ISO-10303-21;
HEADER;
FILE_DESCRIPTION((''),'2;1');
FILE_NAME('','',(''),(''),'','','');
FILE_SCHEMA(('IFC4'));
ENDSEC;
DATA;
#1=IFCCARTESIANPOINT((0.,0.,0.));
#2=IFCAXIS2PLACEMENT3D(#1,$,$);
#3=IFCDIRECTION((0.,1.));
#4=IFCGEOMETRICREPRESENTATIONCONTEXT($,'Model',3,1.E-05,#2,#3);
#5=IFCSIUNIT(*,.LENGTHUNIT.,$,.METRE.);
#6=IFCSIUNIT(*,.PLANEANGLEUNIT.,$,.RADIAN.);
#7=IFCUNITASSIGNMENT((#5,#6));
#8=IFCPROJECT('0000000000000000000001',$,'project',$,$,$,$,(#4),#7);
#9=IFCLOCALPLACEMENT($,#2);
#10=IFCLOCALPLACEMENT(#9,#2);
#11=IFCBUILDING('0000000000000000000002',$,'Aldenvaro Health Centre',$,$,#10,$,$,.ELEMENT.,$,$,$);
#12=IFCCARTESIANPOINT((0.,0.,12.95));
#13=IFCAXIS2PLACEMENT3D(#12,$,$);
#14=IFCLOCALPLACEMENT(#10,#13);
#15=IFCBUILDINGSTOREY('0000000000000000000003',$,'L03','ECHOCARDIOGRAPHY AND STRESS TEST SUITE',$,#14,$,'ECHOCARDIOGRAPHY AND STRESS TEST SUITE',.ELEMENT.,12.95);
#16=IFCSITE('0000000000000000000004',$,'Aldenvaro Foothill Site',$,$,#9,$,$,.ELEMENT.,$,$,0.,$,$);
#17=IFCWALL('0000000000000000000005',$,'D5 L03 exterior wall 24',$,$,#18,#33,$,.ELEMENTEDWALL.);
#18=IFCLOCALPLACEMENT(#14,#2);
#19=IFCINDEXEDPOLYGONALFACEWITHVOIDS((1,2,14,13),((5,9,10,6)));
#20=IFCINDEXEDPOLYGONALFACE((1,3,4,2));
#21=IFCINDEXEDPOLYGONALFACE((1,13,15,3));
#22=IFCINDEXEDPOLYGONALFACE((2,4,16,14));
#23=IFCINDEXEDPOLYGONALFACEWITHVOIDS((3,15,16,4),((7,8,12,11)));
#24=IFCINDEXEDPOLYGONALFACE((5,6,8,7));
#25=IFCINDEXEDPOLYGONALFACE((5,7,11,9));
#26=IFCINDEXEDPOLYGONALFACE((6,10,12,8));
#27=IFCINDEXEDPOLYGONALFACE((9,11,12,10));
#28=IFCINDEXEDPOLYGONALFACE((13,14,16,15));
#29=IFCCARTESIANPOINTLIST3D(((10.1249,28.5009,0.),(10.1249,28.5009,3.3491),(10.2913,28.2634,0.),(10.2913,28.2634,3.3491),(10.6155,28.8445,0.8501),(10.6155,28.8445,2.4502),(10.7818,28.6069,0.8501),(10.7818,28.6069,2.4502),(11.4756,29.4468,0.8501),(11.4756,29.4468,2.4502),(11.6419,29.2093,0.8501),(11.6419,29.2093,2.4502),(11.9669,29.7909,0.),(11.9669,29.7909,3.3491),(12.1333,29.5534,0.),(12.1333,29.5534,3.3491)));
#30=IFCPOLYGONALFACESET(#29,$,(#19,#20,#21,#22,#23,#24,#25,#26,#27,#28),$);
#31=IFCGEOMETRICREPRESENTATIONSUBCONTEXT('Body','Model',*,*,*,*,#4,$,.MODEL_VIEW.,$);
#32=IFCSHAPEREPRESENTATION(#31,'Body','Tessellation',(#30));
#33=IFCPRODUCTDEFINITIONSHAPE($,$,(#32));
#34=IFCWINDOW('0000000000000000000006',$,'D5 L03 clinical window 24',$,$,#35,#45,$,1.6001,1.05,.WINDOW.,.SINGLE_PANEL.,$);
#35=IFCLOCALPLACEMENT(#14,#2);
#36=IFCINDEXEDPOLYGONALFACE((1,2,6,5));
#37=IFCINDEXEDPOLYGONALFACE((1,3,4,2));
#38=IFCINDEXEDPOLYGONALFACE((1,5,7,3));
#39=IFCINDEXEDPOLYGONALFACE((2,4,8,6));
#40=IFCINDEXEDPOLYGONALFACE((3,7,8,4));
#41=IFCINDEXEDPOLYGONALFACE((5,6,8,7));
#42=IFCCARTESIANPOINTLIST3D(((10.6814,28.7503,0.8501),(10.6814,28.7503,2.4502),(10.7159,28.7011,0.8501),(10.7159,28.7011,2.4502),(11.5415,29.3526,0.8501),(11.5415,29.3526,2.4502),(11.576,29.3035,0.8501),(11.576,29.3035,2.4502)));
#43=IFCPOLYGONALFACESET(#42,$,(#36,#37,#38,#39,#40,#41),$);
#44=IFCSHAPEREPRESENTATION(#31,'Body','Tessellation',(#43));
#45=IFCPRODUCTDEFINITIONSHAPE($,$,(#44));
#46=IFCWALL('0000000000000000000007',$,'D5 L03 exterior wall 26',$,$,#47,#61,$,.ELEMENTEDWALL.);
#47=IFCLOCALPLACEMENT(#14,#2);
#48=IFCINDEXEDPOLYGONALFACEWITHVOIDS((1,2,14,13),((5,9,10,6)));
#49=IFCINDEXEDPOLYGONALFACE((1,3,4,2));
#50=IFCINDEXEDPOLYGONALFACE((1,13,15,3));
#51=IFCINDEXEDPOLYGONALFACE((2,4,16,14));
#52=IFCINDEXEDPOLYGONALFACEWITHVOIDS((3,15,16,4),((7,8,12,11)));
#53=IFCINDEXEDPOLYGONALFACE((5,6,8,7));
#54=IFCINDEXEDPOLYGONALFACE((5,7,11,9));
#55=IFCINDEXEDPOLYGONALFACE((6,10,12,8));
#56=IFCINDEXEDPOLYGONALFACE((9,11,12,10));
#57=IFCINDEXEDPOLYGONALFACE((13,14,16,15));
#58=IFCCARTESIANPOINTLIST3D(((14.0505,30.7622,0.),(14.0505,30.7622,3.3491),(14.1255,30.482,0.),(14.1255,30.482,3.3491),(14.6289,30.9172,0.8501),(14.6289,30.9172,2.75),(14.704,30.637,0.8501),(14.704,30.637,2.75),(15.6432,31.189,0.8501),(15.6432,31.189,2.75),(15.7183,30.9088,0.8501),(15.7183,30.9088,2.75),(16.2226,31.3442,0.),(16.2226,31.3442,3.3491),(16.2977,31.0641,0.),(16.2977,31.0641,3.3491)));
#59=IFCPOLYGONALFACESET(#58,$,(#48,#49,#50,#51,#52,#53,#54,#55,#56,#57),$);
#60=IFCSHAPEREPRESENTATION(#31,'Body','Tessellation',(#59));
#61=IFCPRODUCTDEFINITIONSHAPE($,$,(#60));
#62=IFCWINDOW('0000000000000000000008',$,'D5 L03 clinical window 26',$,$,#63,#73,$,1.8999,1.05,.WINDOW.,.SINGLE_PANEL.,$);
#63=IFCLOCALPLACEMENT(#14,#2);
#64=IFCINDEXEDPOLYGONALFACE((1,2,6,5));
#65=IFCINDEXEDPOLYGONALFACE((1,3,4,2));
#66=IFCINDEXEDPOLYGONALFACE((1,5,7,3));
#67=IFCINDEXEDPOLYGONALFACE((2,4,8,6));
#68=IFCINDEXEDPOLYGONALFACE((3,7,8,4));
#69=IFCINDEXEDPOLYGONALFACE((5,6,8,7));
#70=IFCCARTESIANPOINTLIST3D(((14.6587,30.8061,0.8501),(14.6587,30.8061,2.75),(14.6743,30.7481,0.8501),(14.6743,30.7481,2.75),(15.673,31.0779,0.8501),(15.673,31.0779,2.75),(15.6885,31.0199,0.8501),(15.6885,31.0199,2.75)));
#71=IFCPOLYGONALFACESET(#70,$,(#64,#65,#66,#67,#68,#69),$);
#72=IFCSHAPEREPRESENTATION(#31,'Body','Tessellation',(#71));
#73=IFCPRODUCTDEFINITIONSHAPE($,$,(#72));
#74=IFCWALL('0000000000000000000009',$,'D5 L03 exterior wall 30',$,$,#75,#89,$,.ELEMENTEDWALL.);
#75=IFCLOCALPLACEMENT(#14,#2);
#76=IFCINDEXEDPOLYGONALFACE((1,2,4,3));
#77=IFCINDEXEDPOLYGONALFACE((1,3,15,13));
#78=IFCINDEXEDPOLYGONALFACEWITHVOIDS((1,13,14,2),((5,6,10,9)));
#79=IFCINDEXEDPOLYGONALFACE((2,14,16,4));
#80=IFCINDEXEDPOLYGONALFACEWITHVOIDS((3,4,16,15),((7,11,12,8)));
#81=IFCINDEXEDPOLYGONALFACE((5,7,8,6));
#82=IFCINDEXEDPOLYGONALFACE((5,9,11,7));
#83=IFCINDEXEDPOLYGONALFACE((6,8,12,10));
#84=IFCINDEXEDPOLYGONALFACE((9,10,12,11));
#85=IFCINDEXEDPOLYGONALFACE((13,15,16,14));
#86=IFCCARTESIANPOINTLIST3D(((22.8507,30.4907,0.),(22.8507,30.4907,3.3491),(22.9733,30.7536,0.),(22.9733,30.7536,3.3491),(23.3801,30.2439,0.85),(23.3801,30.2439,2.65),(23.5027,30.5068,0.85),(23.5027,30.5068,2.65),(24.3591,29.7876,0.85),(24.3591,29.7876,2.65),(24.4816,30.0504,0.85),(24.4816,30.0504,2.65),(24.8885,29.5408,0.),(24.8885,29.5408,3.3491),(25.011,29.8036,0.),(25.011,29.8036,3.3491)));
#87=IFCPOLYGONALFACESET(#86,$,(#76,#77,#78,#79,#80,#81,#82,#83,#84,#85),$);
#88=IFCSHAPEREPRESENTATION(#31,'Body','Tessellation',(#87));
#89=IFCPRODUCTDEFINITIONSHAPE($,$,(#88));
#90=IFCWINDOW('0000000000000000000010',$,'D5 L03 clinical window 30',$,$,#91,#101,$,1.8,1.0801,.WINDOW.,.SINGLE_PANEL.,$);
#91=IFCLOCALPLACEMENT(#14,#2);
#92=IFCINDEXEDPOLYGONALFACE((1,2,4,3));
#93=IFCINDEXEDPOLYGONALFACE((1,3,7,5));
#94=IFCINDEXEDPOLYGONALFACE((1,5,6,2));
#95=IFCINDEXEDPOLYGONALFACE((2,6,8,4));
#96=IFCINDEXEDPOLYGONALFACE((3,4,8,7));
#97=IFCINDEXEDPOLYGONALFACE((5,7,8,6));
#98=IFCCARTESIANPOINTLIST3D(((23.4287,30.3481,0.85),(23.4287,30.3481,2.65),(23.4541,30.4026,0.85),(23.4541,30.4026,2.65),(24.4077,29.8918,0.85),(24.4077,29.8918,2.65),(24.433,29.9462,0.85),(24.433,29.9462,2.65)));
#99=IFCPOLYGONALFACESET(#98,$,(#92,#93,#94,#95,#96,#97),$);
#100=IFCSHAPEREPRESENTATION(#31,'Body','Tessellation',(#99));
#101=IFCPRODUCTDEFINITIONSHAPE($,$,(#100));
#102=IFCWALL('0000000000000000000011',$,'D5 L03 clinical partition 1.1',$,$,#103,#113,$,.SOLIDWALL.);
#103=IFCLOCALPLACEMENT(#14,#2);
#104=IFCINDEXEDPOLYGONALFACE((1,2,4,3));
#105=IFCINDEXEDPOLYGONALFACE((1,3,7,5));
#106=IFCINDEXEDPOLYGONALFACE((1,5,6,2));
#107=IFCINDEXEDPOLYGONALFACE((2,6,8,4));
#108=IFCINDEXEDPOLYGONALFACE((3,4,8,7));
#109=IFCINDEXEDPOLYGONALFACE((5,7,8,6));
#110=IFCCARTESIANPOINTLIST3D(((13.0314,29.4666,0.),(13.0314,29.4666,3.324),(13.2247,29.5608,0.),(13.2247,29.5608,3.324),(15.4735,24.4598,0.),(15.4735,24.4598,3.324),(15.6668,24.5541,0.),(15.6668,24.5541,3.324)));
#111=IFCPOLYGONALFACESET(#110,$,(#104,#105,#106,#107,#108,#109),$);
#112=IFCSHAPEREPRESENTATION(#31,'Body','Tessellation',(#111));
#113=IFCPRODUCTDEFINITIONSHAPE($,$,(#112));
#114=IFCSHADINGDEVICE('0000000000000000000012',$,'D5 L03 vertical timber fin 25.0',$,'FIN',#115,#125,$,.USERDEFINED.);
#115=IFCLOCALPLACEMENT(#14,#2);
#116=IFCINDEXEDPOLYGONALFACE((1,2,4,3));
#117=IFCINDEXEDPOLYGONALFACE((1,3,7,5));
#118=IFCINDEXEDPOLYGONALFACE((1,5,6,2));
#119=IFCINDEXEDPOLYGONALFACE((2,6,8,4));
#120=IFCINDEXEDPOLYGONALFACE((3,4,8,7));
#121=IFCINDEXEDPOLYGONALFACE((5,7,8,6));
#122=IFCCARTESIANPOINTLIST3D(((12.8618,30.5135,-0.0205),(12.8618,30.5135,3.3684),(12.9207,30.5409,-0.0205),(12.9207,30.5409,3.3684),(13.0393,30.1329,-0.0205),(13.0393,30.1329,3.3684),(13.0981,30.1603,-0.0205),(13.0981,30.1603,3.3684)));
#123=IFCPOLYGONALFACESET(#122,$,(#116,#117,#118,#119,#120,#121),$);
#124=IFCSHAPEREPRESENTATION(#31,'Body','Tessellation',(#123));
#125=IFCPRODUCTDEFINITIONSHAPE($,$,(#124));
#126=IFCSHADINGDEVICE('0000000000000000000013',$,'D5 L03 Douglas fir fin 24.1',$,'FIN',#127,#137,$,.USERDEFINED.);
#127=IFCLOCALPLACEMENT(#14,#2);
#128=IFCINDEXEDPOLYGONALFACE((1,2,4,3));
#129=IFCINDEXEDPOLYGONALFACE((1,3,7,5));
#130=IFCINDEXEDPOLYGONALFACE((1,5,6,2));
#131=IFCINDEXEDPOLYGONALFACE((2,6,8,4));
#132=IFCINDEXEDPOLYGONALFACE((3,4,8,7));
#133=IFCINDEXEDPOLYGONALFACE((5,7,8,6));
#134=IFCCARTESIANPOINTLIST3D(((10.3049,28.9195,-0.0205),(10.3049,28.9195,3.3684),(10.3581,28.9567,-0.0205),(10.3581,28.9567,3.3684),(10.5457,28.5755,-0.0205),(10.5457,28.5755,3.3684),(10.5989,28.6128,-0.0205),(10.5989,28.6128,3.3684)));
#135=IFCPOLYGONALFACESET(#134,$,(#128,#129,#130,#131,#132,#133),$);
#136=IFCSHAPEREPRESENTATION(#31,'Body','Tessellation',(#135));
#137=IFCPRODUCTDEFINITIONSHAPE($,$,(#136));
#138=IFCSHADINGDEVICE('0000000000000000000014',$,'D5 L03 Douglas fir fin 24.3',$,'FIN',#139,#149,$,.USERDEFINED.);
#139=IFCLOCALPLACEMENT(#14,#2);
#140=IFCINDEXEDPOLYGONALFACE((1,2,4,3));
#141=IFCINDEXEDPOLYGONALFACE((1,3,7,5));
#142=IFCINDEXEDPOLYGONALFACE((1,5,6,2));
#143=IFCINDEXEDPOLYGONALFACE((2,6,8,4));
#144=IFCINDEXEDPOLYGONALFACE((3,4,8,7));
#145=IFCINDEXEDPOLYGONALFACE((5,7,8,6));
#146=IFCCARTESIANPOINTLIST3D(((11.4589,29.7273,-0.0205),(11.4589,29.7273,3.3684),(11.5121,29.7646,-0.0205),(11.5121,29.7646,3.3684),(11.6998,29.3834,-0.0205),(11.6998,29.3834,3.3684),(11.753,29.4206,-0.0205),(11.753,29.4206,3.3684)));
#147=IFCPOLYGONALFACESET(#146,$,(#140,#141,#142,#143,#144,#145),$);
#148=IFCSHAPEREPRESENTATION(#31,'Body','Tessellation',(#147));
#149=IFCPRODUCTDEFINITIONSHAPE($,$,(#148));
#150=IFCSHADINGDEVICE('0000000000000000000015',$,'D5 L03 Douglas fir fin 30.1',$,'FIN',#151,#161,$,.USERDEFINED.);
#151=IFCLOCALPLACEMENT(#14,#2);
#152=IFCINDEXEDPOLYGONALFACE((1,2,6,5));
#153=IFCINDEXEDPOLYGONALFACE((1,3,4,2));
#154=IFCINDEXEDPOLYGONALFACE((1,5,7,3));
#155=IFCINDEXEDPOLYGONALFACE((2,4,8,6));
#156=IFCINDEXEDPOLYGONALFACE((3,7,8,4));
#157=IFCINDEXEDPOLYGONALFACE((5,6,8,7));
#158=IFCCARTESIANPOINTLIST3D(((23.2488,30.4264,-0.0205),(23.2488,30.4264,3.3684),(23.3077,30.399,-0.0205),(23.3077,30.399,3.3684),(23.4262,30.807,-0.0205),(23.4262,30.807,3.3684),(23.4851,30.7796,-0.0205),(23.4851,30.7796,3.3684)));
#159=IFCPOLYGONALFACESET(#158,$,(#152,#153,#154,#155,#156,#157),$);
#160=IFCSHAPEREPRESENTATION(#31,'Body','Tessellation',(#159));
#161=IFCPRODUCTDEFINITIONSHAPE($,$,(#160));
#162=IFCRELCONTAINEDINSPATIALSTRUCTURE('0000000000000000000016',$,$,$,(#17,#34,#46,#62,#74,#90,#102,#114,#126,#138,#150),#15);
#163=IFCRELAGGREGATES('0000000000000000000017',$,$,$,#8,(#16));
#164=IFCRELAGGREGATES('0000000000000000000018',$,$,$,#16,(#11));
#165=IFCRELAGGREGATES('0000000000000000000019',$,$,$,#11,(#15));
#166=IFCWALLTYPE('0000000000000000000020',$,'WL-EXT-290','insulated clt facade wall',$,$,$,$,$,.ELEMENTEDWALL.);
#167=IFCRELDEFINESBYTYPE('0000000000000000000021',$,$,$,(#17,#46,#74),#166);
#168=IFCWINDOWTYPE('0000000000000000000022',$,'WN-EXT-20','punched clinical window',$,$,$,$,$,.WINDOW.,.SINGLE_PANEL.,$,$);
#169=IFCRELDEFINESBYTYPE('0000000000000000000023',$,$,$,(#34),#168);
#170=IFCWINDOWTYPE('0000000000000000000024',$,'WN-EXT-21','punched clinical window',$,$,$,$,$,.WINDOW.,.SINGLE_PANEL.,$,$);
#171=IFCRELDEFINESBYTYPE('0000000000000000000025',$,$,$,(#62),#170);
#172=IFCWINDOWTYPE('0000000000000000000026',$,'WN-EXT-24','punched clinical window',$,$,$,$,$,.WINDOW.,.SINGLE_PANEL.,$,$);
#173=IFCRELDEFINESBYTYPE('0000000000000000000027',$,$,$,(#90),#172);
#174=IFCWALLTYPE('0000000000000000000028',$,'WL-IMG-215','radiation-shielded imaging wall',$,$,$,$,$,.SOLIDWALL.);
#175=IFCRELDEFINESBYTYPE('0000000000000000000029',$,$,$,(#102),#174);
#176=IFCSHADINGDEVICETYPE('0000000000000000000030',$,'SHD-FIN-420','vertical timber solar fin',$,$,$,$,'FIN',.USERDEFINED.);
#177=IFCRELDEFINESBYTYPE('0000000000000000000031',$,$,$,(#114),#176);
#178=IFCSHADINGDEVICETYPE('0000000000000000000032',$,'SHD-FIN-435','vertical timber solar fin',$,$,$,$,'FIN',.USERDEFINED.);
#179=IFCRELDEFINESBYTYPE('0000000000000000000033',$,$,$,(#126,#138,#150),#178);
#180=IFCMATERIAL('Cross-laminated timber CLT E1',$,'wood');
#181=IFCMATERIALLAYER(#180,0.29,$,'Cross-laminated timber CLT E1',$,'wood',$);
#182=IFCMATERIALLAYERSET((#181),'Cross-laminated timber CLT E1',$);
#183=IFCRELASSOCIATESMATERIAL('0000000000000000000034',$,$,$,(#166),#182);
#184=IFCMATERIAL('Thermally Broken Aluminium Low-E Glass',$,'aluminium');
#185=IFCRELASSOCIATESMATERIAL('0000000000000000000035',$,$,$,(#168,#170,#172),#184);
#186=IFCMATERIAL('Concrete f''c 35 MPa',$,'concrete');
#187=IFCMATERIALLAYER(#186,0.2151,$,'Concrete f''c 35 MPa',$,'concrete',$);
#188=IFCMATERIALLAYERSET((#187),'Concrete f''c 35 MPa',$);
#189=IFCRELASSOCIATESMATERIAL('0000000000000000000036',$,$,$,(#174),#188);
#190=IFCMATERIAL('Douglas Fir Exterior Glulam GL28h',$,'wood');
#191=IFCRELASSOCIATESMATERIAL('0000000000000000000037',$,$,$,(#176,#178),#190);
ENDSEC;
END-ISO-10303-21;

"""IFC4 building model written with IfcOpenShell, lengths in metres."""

from ifc_helpers import new_model, si_unit, direction, frame, frame_2d, origin, origin_2d, place, context, subcontext, project, spatial, rectangle, extrude, material, layer, layer_set, type_object, element, fill, save


model = new_model("IFC4")

# Units and contexts
model_context = context("Model", 3, precision=1e-05, world=origin(), true_north=direction((0.0, 1.0)))
body_context = subcontext(model_context, "Body", "Model", "MODEL_VIEW")
ifc_project = project(units=[si_unit("LENGTHUNIT", "METRE"), si_unit("PLANEANGLEUNIT", "RADIAN")], contexts=[model_context])

# Site, building, storey
site_placement = place(None, origin())
site = spatial("IfcSite", under=ifc_project, at=site_placement, Name="Aldenvaro Foothill Site", CompositionType="ELEMENT", RefElevation=0.0)
building_placement = place(site_placement, origin())
building = spatial("IfcBuilding", under=site, at=building_placement, Name="Aldenvaro Health Centre", CompositionType="ELEMENT")
storey_placement = place(building_placement, frame((0.0, 0.0, 12.95)))
storey = spatial("IfcBuildingStorey", under=building, at=storey_placement, Name="L03", Description="ECHOCARDIOGRAPHY AND STRESS TEST SUITE", LongName="ECHOCARDIOGRAPHY AND STRESS TEST SUITE", CompositionType="ELEMENT", Elevation=12.95)

# Walls, openings, windows
ifc_material_1 = material(Name="Cross-laminated timber CLT E1", Category="wood")
ifc_layer_1 = layer(ifc_material_1, 0.29, Name="Cross-laminated timber CLT E1", Category="wood")
ifc_layer_set_1 = layer_set([ifc_layer_1], Name="Cross-laminated timber CLT E1")
wall_type_1 = type_object("IfcWallType", Name="WL-EXT-290", Description="insulated clt facade wall", PredefinedType="ELEMENTEDWALL", material=ifc_layer_set_1)
wall_1_placement = place(storey_placement, frame((10.208, 28.3821, 0.0), z_axis=(0.0, 0.0, 1.0), x_axis=(0.819104, 0.573644, 0.0)))
wall_1 = element("IfcWall", 1, at=wall_1_placement, inside=storey, type_object=wall_type_1, Name="D5 L03 exterior wall 24", PredefinedType="ELEMENTEDWALL", context=body_context, shape_type="SweptSolid", body=[
    extrude(rectangle(XDim=2.2488, YDim=0.29, at=frame_2d((1.1245, 0.0))), origin(), (0.0, 0.0, 1.0), 3.3491),
])
opening_1_placement = place(wall_1_placement, frame((0.5991, 0.0, 0.8501)))
opening_1 = element("IfcOpeningElement", 2, at=opening_1_placement, cuts=wall_1, PredefinedType="OPENING", context=body_context, shape_type="SweptSolid", body=[
    extrude(rectangle(XDim=1.05, YDim=1.6001, at=frame_2d((0.5249, 0.8))), frame((0.0, 0.155, 0.0), z_axis=(0.0, -1.0, 0.0), x_axis=(1.0, 0.0, 0.0)), (0.0, 0.0, 1.0), 0.3101),
])
ifc_material_2 = material(Name="Thermally Broken Aluminium Low-E Glass", Category="aluminium")
window_type_1 = type_object("IfcWindowType", Name="WN-EXT-20", Description="punched clinical window", PartitioningType="SINGLE_PANEL", PredefinedType="WINDOW", material=ifc_material_2)
window_1_placement = place(opening_1_placement, origin())
window_1 = element("IfcWindow", 3, at=window_1_placement, inside=storey, type_object=window_type_1, Name="D5 L03 clinical window 24", OverallHeight=1.6001, OverallWidth=1.05, PartitioningType="SINGLE_PANEL", PredefinedType="WINDOW", context=body_context, shape_type="SweptSolid", body=[
    extrude(rectangle(XDim=1.05, YDim=1.6001, at=frame_2d((0.5249, 0.8))), frame((0.0, 0.03, 0.0), z_axis=(0.0, -1.0, 0.0), x_axis=(1.0, 0.0, 0.0)), (0.0, 0.0, 1.0), 0.0601),
])
fill(opening_1, window_1)
wall_2_placement = place(storey_placement, frame((14.0879, 30.6221, 0.0), z_axis=(0.0, 0.0, 1.0), x_axis=(0.965924, 0.258825, 0.0)))
wall_2 = element("IfcWall", 4, at=wall_2_placement, inside=storey, type_object=wall_type_1, Name="D5 L03 exterior wall 26", PredefinedType="ELEMENTEDWALL", context=body_context, shape_type="SweptSolid", body=[
    extrude(rectangle(XDim=2.2488, YDim=0.29, at=frame_2d((1.1245, 0.0))), origin(), (0.0, 0.0, 1.0), 3.3491),
])
opening_2_placement = place(wall_2_placement, frame((0.5991, 0.0, 0.8501)))
opening_2 = element("IfcOpeningElement", 5, at=opening_2_placement, cuts=wall_2, PredefinedType="OPENING", context=body_context, shape_type="SweptSolid", body=[
    extrude(rectangle(XDim=1.05, YDim=1.8999, at=frame_2d((0.5249, 0.95))), frame((0.0, 0.155, 0.0), z_axis=(0.0, -1.0, 0.0), x_axis=(1.0, 0.0, 0.0)), (0.0, 0.0, 1.0), 0.3101),
])
window_type_2 = type_object("IfcWindowType", Name="WN-EXT-21", Description="punched clinical window", PartitioningType="SINGLE_PANEL", PredefinedType="WINDOW", material=ifc_material_2)
window_2_placement = place(opening_2_placement, origin())
window_2 = element("IfcWindow", 6, at=window_2_placement, inside=storey, type_object=window_type_2, Name="D5 L03 clinical window 26", OverallHeight=1.8999, OverallWidth=1.05, PartitioningType="SINGLE_PANEL", PredefinedType="WINDOW", context=body_context, shape_type="SweptSolid", body=[
    extrude(rectangle(XDim=1.05, YDim=1.8999, at=frame_2d((0.5249, 0.95))), frame((0.0, 0.03, 0.0), z_axis=(0.0, -1.0, 0.0), x_axis=(1.0, 0.0, 0.0)), (0.0, 0.0, 1.0), 0.0601),
])
fill(opening_2, window_2)
wall_3_placement = place(storey_placement, frame((22.9121, 30.6221, 0.0), z_axis=(0.0, 0.0, 1.0), x_axis=(0.906361, -0.422505, 0.0)))
wall_3 = element("IfcWall", 7, at=wall_3_placement, inside=storey, type_object=wall_type_1, Name="D5 L03 exterior wall 30", PredefinedType="ELEMENTEDWALL", context=body_context, shape_type="SweptSolid", body=[
    extrude(rectangle(XDim=2.2483, YDim=0.29, at=frame_2d((1.124, 0.0))), origin(), (0.0, 0.0, 1.0), 3.3491),
])
opening_3_placement = place(wall_3_placement, frame((0.584, 0.0, 0.8501)))
opening_3 = element("IfcOpeningElement", 8, at=opening_3_placement, cuts=wall_3, PredefinedType="OPENING", context=body_context, shape_type="SweptSolid", body=[
    extrude(rectangle(XDim=1.0801, YDim=1.8, at=frame_2d((0.54, 0.8999))), frame((0.0, 0.155, 0.0), z_axis=(0.0, -1.0, 0.0), x_axis=(1.0, 0.0, 0.0)), (0.0, 0.0, 1.0), 0.3101),
])
window_type_3 = type_object("IfcWindowType", Name="WN-EXT-24", Description="punched clinical window", PartitioningType="SINGLE_PANEL", PredefinedType="WINDOW", material=ifc_material_2)
window_3_placement = place(opening_3_placement, origin())
window_3 = element("IfcWindow", 9, at=window_3_placement, inside=storey, type_object=window_type_3, Name="D5 L03 clinical window 30", OverallHeight=1.8, OverallWidth=1.0801, PartitioningType="SINGLE_PANEL", PredefinedType="WINDOW", context=body_context, shape_type="SweptSolid", body=[
    extrude(rectangle(XDim=1.0801, YDim=1.8, at=frame_2d((0.54, 0.8999))), frame((0.0, 0.03, 0.0), z_axis=(0.0, -1.0, 0.0), x_axis=(1.0, 0.0, 0.0)), (0.0, 0.0, 1.0), 0.0601),
])
fill(opening_3, window_3)

# Wall
ifc_material_3 = material(Name="Concrete f'c 35 MPa", Category="concrete")
ifc_layer_2 = layer(ifc_material_3, 0.2151, Name="Concrete f'c 35 MPa", Category="concrete")
ifc_layer_set_2 = layer_set([ifc_layer_2], Name="Concrete f'c 35 MPa")
wall_type_2 = type_object("IfcWallType", Name="WL-IMG-215", Description="radiation-shielded imaging wall", PredefinedType="SOLIDWALL", material=ifc_layer_set_2)
wall_4_placement = place(storey_placement, frame((15.5701, 24.5071, 0.0), z_axis=(0.0, 0.0, 1.0), x_axis=(-0.438392, 0.898784, 0.0)))
element("IfcWall", 10, at=wall_4_placement, inside=storey, type_object=wall_type_2, Name="D5 L03 clinical partition 1.1", PredefinedType="SOLIDWALL", context=body_context, shape_type="SweptSolid", body=[
    extrude(rectangle(XDim=5.5706, YDim=0.2151, at=frame_2d((2.7852, 0.0))), origin(), (0.0, 0.0, 1.0), 3.324),
])

# Shading devices
ifc_material_4 = material(Name="Douglas Fir Exterior Glulam GL28h", Category="wood")
shading_device_type_1 = type_object("IfcShadingDeviceType", Name="SHD-FIN-420", Description="vertical timber solar fin", ElementType="FIN", PredefinedType="USERDEFINED", material=ifc_material_4)
shading_device_placement = place(storey_placement, frame((12.98, 30.3369, -0.0205), z_axis=(0.0, 0.0, 1.0), x_axis=(0.906365, 0.422496, 0.0)))
element("IfcShadingDevice", 11, at=shading_device_placement, inside=storey, type_object=shading_device_type_1, Name="D5 L03 vertical timber fin 25.0", ObjectType="FIN", PredefinedType="USERDEFINED", context=body_context, shape_type="SweptSolid", body=[
    extrude(rectangle(XDim=0.0649, YDim=0.4199, at=origin_2d()), origin(), (0.0, 0.0, 1.0), 3.3889),
])
shading_device_type_2 = type_object("IfcShadingDeviceType", Name="SHD-FIN-435", Description="vertical timber solar fin", ElementType="FIN", PredefinedType="USERDEFINED", material=ifc_material_4)
for number, where, z_axis, x_axis, name in (
    (12, (10.4519, 28.7661, -0.0205), (0.0, 0.0, 1.0), (0.819107, 0.573641, 0.0), "D5 L03 Douglas fir fin 24.1"),
    (13, (11.606, 29.574, -0.0205), (0.0, 0.0, 1.0), (0.819107, 0.573641, 0.0), "D5 L03 Douglas fir fin 24.3"),
    (14, (23.3669, 30.603, -0.0205), (0.0, 0.0, 1.0), (0.906365, -0.422496, 0.0), "D5 L03 Douglas fir fin 30.1"),
):
    element("IfcShadingDevice", number, at=place(storey_placement, frame(where, z_axis=z_axis, x_axis=x_axis)), inside=storey, type_object=shading_device_type_2, Name=name, ObjectType="FIN", PredefinedType="USERDEFINED", context=body_context, shape_type="SweptSolid", body=[
        extrude(rectangle(XDim=0.0649, YDim=0.4199, at=origin_2d()), origin(), (0.0, 0.0, 1.0), 3.3889),
    ])

save(model, "model.ifc")
